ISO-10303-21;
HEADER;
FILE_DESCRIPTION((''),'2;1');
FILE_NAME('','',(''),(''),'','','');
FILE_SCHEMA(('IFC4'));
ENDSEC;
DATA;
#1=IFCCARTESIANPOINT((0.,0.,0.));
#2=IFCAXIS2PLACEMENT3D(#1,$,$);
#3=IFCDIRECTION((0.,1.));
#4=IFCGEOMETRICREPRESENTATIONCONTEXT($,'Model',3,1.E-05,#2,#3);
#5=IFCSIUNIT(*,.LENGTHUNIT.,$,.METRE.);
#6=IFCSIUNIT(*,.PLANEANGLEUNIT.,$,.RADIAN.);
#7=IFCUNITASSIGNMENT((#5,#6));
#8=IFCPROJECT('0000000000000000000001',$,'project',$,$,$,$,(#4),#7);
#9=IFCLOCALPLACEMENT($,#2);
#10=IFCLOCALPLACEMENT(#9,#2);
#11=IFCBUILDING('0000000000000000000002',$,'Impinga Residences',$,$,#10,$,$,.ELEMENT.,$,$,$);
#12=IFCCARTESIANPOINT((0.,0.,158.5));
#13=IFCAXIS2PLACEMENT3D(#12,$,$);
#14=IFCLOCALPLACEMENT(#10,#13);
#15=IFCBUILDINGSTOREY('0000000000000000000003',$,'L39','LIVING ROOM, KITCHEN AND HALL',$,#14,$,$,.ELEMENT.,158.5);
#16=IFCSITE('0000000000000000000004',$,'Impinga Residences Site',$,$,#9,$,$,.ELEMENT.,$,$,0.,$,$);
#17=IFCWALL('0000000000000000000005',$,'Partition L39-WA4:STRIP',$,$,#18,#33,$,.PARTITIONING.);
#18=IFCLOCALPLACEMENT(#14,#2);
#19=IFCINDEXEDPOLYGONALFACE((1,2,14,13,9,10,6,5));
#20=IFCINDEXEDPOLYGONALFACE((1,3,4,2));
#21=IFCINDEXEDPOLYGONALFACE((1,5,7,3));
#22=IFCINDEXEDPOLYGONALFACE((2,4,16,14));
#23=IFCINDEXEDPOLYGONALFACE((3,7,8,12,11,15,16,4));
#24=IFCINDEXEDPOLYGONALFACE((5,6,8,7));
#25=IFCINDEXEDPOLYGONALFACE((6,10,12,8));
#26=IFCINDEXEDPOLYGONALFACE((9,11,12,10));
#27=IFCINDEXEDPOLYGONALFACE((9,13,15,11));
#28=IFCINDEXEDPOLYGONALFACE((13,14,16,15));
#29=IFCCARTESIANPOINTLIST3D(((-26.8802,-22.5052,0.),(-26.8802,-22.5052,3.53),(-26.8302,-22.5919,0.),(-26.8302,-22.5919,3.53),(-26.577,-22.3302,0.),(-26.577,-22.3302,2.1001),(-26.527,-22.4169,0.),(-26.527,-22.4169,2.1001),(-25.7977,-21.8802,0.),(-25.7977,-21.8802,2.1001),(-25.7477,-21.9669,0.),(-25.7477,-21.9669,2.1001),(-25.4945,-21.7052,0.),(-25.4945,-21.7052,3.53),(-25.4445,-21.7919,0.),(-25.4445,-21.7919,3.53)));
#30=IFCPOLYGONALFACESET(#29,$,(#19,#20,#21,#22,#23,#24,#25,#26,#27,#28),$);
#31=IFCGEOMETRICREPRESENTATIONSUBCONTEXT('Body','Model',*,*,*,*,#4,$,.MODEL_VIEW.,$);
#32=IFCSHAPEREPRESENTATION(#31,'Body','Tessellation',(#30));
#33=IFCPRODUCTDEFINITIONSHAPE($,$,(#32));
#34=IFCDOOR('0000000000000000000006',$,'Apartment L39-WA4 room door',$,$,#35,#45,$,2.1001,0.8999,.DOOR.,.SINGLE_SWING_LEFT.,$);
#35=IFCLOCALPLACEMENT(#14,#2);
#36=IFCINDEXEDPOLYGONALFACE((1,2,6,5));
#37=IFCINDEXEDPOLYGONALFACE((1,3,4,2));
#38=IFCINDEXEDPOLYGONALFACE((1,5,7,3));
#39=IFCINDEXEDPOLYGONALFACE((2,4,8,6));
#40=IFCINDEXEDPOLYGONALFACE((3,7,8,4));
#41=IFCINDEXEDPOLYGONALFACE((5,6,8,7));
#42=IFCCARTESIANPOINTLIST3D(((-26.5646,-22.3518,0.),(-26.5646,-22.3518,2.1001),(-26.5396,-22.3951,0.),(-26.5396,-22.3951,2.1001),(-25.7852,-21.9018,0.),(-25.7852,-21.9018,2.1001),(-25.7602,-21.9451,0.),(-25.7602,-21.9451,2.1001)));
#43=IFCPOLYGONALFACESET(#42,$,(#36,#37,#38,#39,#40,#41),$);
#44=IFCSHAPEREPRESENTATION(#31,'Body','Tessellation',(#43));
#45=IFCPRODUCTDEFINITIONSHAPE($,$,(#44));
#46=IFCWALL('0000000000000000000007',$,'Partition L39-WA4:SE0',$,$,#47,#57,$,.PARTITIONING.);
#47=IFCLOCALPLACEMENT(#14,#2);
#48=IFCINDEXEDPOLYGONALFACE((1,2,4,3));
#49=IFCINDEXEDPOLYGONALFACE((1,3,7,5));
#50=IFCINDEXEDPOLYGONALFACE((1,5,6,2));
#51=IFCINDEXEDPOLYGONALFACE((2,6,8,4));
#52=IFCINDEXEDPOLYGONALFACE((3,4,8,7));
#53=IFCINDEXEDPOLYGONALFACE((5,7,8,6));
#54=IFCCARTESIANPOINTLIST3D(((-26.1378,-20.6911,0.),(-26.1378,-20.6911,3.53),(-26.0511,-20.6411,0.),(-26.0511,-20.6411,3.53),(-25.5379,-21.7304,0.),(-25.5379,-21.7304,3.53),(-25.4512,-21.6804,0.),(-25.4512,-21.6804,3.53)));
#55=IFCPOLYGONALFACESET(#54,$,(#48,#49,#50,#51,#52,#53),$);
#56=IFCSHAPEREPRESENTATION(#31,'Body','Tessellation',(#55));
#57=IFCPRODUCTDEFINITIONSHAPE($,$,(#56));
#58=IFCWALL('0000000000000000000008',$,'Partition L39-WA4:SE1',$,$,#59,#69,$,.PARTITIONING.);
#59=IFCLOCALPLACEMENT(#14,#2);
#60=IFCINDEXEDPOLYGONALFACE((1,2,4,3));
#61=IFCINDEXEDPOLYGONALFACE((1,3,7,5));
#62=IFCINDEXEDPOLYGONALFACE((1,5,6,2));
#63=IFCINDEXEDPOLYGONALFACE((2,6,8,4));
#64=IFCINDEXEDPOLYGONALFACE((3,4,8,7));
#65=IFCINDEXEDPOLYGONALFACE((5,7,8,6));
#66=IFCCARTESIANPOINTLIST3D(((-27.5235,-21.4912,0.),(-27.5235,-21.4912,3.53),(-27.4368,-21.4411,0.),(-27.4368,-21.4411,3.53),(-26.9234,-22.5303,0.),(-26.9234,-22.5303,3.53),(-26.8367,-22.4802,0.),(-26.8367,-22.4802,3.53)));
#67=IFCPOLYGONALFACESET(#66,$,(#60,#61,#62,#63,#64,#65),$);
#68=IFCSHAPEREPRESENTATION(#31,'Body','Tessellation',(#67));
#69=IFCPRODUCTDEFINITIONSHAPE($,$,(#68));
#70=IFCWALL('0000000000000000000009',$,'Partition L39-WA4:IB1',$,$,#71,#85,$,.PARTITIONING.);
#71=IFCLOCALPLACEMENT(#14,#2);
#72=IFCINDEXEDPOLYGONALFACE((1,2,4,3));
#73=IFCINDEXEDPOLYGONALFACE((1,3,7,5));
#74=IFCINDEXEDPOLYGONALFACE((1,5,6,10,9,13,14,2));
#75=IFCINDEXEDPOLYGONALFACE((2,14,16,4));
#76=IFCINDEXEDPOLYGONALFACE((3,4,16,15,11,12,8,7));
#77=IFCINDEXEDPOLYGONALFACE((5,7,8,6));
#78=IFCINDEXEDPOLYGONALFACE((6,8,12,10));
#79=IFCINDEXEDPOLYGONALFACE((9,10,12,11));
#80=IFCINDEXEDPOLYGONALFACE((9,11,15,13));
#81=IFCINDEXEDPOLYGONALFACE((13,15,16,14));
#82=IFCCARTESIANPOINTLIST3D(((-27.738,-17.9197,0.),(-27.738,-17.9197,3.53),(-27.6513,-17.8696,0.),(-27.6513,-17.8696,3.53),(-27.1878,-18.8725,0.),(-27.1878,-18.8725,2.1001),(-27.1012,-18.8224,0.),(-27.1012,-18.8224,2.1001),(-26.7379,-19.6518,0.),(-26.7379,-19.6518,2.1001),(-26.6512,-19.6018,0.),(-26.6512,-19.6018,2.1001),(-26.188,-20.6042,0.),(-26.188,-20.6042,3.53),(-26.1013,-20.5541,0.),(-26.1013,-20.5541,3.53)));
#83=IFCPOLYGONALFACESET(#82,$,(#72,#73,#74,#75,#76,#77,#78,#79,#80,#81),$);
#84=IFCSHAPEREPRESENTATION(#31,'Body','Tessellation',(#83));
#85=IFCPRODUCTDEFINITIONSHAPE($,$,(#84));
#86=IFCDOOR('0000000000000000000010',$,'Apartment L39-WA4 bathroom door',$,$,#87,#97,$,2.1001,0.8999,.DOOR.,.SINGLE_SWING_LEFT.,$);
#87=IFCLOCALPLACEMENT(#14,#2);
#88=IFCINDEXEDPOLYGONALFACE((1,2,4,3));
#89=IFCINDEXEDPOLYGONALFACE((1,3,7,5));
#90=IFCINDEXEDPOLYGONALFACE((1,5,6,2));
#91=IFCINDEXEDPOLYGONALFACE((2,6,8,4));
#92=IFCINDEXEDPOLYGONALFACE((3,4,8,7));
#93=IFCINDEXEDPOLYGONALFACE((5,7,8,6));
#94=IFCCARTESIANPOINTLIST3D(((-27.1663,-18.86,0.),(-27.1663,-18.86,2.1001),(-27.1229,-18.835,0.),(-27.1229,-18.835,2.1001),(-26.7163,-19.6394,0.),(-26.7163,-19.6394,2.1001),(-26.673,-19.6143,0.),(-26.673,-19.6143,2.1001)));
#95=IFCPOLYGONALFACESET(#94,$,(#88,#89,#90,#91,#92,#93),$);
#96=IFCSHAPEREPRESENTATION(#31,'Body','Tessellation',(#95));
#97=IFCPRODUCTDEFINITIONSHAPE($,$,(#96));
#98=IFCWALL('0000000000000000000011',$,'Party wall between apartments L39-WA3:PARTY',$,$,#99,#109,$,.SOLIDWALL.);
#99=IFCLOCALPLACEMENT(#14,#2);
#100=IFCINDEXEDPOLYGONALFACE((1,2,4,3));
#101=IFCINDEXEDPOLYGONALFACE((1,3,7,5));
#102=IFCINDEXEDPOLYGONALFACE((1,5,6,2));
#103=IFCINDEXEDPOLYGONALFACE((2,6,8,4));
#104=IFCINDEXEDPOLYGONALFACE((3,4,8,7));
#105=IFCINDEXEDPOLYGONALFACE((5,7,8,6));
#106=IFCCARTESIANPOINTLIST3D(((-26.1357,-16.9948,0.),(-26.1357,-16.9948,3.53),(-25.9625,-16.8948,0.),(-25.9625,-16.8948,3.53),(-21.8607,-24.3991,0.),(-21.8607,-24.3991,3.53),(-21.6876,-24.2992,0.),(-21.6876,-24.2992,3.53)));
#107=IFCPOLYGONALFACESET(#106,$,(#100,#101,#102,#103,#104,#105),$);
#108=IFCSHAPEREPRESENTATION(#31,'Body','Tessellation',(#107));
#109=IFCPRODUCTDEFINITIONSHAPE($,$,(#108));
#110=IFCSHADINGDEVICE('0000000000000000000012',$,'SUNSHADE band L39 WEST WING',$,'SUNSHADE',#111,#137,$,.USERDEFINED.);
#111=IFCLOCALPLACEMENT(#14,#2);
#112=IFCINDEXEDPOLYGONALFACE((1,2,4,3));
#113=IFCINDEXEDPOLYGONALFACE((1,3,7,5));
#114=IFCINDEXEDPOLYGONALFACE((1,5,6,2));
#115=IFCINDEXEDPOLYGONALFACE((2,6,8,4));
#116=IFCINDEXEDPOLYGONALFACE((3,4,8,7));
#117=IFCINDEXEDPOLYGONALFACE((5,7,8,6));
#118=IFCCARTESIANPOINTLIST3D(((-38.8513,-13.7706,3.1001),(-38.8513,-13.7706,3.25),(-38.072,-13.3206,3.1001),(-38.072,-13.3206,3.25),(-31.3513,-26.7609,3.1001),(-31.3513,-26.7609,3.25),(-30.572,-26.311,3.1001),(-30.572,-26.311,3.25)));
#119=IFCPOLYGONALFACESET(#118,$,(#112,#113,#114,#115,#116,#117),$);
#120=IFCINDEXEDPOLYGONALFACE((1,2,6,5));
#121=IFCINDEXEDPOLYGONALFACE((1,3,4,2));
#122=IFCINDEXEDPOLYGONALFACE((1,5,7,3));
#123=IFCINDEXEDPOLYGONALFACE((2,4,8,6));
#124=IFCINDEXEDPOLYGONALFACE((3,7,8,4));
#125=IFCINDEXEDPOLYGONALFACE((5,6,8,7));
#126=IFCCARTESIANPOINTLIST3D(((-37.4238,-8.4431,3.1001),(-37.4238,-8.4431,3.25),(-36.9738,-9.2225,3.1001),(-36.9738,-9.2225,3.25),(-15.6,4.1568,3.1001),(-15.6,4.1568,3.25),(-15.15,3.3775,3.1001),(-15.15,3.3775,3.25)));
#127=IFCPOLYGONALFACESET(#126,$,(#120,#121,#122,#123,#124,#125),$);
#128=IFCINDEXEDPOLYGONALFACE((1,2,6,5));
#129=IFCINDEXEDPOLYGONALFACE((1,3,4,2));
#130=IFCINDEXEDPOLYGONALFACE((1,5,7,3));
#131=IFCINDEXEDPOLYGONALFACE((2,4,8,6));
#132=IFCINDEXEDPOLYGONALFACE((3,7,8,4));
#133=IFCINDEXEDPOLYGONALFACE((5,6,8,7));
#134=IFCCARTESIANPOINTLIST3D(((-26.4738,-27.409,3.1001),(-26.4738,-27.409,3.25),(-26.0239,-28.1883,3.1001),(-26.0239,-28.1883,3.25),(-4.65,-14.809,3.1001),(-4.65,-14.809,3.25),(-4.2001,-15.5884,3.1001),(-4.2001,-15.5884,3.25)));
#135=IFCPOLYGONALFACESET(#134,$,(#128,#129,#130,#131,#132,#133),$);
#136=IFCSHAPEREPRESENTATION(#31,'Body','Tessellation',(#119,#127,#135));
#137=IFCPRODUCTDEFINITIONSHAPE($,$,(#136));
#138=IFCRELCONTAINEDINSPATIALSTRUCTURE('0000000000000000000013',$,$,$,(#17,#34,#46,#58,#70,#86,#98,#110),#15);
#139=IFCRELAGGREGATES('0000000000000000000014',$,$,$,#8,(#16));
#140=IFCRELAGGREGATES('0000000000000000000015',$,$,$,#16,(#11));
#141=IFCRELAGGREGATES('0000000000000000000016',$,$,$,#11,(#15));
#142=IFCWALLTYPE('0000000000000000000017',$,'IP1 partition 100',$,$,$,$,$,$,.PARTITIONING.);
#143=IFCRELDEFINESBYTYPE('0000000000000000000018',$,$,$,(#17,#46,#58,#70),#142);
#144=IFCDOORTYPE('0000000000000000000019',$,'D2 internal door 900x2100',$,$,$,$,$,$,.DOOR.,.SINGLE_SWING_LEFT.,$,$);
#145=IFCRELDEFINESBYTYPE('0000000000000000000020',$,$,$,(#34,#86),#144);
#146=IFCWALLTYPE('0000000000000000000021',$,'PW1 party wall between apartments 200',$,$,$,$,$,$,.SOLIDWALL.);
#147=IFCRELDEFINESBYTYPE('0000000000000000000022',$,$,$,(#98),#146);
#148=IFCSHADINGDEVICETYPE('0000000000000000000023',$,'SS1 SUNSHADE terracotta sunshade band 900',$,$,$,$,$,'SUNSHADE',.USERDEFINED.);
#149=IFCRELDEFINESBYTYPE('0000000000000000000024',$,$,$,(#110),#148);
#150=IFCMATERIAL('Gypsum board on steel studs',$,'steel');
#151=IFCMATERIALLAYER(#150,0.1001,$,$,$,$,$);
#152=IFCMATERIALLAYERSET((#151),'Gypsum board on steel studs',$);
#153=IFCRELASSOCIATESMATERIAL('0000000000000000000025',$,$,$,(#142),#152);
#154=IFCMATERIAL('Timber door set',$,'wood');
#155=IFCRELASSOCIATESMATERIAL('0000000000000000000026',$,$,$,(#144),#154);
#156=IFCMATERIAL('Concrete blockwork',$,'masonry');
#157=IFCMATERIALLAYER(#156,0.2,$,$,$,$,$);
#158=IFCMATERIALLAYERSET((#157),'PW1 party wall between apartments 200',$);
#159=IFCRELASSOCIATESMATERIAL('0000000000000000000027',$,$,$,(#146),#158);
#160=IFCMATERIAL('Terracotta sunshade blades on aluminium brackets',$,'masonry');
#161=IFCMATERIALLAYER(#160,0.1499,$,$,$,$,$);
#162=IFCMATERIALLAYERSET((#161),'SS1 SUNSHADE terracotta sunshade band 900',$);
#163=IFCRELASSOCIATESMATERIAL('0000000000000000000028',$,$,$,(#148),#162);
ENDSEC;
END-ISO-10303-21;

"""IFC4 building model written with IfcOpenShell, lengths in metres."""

from ifc_helpers import new_model, si_unit, direction, frame, frame_2d, origin, origin_2d, place, context, subcontext, project, spatial, rectangle, extrude, material, layer, layer_set, type_object, element, fill, save


model = new_model("IFC4")

# Units and contexts
model_context = context("Model", 3, precision=1e-05, world=origin(), true_north=direction((0.0, 1.0)))
body_context = subcontext(model_context, "Body", "Model", "MODEL_VIEW")
ifc_project = project(units=[si_unit("LENGTHUNIT", "METRE"), si_unit("PLANEANGLEUNIT", "RADIAN")], contexts=[model_context])

# Site, building, storey
site_placement = place(None, origin())
site = spatial("IfcSite", under=ifc_project, at=site_placement, Name="Impinga Residences Site", CompositionType="ELEMENT", RefElevation=0.0)
building_placement = place(site_placement, origin())
building = spatial("IfcBuilding", under=site, at=building_placement, Name="Impinga Residences", CompositionType="ELEMENT")
storey_placement = place(building_placement, frame((0.0, 0.0, 158.5)))
storey = spatial("IfcBuildingStorey", under=building, at=storey_placement, Name="L39", Description="LIVING ROOM, KITCHEN AND HALL", CompositionType="ELEMENT", Elevation=158.5)

# Shared definitions
ifc_material_1 = material(Name="Gypsum board on steel studs", Category="steel")
ifc_layer_1 = layer(ifc_material_1, 0.1001)
ifc_layer_set_1 = layer_set([ifc_layer_1], Name="Gypsum board on steel studs")
wall_type_1 = type_object("IfcWallType", Name="IP1 partition 100", PredefinedType="PARTITIONING", material=ifc_layer_set_1)
ifc_material_2 = material(Name="Timber door set", Category="wood")
door_type = type_object("IfcDoorType", Name="D2 internal door 900x2100", OperationType="SINGLE_SWING_LEFT", PredefinedType="DOOR", material=ifc_material_2)

# Wall, opening, door
wall_1_placement = place(storey_placement, frame((-25.4695, -21.7485, 0.0), z_axis=(0.0, 0.0, 1.0), x_axis=(-0.866028, -0.499995, 0.0)))
wall_1 = element("IfcWall", 1, at=wall_1_placement, inside=storey, type_object=wall_type_1, Name="Partition L39-WA4:STRIP", PredefinedType="PARTITIONING", context=body_context, shape_type="SweptSolid", body=[
    extrude(rectangle(XDim=1.6001, YDim=0.1001, at=frame_2d((0.8, 0.0))), origin(), (0.0, 0.0, 1.0), 3.53),
])
opening_1_placement = place(wall_1_placement, frame((0.3501, 0.0, 0.0)))
opening_1 = element("IfcOpeningElement", 2, at=opening_1_placement, cuts=wall_1, PredefinedType="OPENING", context=body_context, shape_type="SweptSolid", body=[
    extrude(rectangle(XDim=0.8999, YDim=2.1001, at=frame_2d((0.45, 1.05))), frame((0.0, 0.0601, 0.0), z_axis=(0.0, -1.0, 0.0), x_axis=(1.0, 0.0, 0.0)), (0.0, 0.0, 1.0), 0.1201),
])
door_1_placement = place(opening_1_placement, origin())
door_1 = element("IfcDoor", 3, at=door_1_placement, inside=storey, type_object=door_type, Name="Apartment L39-WA4 room door", OperationType="SINGLE_SWING_LEFT", OverallHeight=2.1001, OverallWidth=0.8999, PredefinedType="DOOR", context=body_context, shape_type="SweptSolid", body=[
    extrude(rectangle(XDim=0.8999, YDim=2.1001, at=frame_2d((0.45, 1.05))), frame((0.0, 0.0249, 0.0), z_axis=(0.0, -1.0, 0.0), x_axis=(1.0, 0.0, 0.0)), (0.0, 0.0, 1.0), 0.05),
])
fill(opening_1, door_1)

# Walls
for number, where, z_axis, x_axis, name in (
    (4, (-26.0945, -20.666, 0.0), (0.0, 0.0, 1.0), (0.499881, -0.866094, 0.0), "Partition L39-WA4:SE0"),
    (5, (-27.4802, -21.4661, 0.0), (0.0, 0.0, 1.0), (0.500122, -0.865955, 0.0), "Partition L39-WA4:SE1"),
):
    element("IfcWall", number, at=place(storey_placement, frame(where, z_axis=z_axis, x_axis=x_axis)), inside=storey, type_object=wall_type_1, Name=name, PredefinedType="PARTITIONING", context=body_context, shape_type="SweptSolid", body=[
        extrude(rectangle(XDim=1.2, YDim=0.1001, at=frame_2d((0.6001, 0.0))), origin(), (0.0, 0.0, 1.0), 3.53),
    ])

# Wall, opening, door
wall_2_placement = place(storey_placement, frame((-27.6946, -17.8948, 0.0), z_axis=(0.0, 0.0, 1.0), x_axis=(0.500027, -0.86601, 0.0)))
wall_2 = element("IfcWall", 6, at=wall_2_placement, inside=storey, type_object=wall_type_1, Name="Partition L39-WA4:IB1", PredefinedType="PARTITIONING", context=body_context, shape_type="SweptSolid", body=[
    extrude(rectangle(XDim=3.0999, YDim=0.1001, at=frame_2d((1.5498, 0.0))), origin(), (0.0, 0.0, 1.0), 3.53),
])
opening_2_placement = place(wall_2_placement, frame((1.1001, 0.0, 0.0)))
opening_2 = element("IfcOpeningElement", 7, at=opening_2_placement, cuts=wall_2, PredefinedType="OPENING", context=body_context, shape_type="SweptSolid", body=[
    extrude(rectangle(XDim=0.8999, YDim=2.1001, at=frame_2d((0.45, 1.05))), frame((0.0, 0.0601, 0.0), z_axis=(0.0, -1.0, 0.0), x_axis=(1.0, 0.0, 0.0)), (0.0, 0.0, 1.0), 0.1201),
])
door_2_placement = place(opening_2_placement, origin())
door_2 = element("IfcDoor", 8, at=door_2_placement, inside=storey, type_object=door_type, Name="Apartment L39-WA4 bathroom door", OperationType="SINGLE_SWING_LEFT", OverallHeight=2.1001, OverallWidth=0.8999, PredefinedType="DOOR", context=body_context, shape_type="SweptSolid", body=[
    extrude(rectangle(XDim=0.8999, YDim=2.1001, at=frame_2d((0.45, 1.05))), frame((0.0, 0.0249, 0.0), z_axis=(0.0, -1.0, 0.0), x_axis=(1.0, 0.0, 0.0)), (0.0, 0.0, 1.0), 0.05),
])
fill(opening_2, door_2)

# Wall
ifc_material_3 = material(Name="Concrete blockwork", Category="masonry")
ifc_layer_2 = layer(ifc_material_3, 0.2)
ifc_layer_set_2 = layer_set([ifc_layer_2], Name="PW1 party wall between apartments 200")
wall_type_2 = type_object("IfcWallType", Name="PW1 party wall between apartments 200", PredefinedType="SOLIDWALL", material=ifc_layer_set_2)
wall_3_placement = place(storey_placement, frame((-26.0491, -16.9448, 0.0), z_axis=(0.0, 0.0, 1.0), x_axis=(0.500003, -0.866024, 0.0)))
element("IfcWall", 9, at=wall_3_placement, inside=storey, type_object=wall_type_2, Name="Party wall between apartments L39-WA3:PARTY", PredefinedType="SOLIDWALL", context=body_context, shape_type="SweptSolid", body=[
    extrude(rectangle(XDim=8.5498, YDim=0.2, at=frame_2d((4.2749, 0.0))), origin(), (0.0, 0.0, 1.0), 3.53),
])

# Shading device
ifc_material_4 = material(Name="Terracotta sunshade blades on aluminium brackets", Category="masonry")
ifc_layer_3 = layer(ifc_material_4, 0.1499)
ifc_layer_set_3 = layer_set([ifc_layer_3], Name="SS1 SUNSHADE terracotta sunshade band 900")
shading_device_type = type_object("IfcShadingDeviceType", Name="SS1 SUNSHADE terracotta sunshade band 900", ElementType="SUNSHADE", PredefinedType="USERDEFINED", material=ifc_layer_set_3)
shading_device_placement = place(storey_placement, frame((-34.7117, -20.0408, 3.1001), z_axis=(0.0, 0.0, 1.0), x_axis=(-0.5, 0.866025, 0.0)))
element("IfcShadingDevice", 10, at=shading_device_placement, inside=storey, type_object=shading_device_type, Name="SUNSHADE band L39 WEST WING", ObjectType="SUNSHADE", PredefinedType="USERDEFINED", context=body_context, shape_type="SweptSolid", body=[
    extrude(rectangle(XDim=15.0, YDim=0.8999, at=origin_2d()), origin(), (0.0, 0.0, 1.0), 0.1499),
    extrude(rectangle(XDim=25.2, YDim=0.8999, at=origin_2d()), frame((10.95, -16.05, 0.0), z_axis=(0.0, 0.0, 1.0), x_axis=(0.0, -1.0, 0.0)), (0.0, 0.0, 1.0), 0.1499),
    extrude(rectangle(XDim=25.2, YDim=0.8999, at=origin_2d()), frame((-10.95, -16.05, 0.0), z_axis=(0.0, 0.0, 1.0), x_axis=(0.0, 1.0, 0.0)), (0.0, 0.0, 1.0), 0.1499),
])

save(model, "model.ifc")
